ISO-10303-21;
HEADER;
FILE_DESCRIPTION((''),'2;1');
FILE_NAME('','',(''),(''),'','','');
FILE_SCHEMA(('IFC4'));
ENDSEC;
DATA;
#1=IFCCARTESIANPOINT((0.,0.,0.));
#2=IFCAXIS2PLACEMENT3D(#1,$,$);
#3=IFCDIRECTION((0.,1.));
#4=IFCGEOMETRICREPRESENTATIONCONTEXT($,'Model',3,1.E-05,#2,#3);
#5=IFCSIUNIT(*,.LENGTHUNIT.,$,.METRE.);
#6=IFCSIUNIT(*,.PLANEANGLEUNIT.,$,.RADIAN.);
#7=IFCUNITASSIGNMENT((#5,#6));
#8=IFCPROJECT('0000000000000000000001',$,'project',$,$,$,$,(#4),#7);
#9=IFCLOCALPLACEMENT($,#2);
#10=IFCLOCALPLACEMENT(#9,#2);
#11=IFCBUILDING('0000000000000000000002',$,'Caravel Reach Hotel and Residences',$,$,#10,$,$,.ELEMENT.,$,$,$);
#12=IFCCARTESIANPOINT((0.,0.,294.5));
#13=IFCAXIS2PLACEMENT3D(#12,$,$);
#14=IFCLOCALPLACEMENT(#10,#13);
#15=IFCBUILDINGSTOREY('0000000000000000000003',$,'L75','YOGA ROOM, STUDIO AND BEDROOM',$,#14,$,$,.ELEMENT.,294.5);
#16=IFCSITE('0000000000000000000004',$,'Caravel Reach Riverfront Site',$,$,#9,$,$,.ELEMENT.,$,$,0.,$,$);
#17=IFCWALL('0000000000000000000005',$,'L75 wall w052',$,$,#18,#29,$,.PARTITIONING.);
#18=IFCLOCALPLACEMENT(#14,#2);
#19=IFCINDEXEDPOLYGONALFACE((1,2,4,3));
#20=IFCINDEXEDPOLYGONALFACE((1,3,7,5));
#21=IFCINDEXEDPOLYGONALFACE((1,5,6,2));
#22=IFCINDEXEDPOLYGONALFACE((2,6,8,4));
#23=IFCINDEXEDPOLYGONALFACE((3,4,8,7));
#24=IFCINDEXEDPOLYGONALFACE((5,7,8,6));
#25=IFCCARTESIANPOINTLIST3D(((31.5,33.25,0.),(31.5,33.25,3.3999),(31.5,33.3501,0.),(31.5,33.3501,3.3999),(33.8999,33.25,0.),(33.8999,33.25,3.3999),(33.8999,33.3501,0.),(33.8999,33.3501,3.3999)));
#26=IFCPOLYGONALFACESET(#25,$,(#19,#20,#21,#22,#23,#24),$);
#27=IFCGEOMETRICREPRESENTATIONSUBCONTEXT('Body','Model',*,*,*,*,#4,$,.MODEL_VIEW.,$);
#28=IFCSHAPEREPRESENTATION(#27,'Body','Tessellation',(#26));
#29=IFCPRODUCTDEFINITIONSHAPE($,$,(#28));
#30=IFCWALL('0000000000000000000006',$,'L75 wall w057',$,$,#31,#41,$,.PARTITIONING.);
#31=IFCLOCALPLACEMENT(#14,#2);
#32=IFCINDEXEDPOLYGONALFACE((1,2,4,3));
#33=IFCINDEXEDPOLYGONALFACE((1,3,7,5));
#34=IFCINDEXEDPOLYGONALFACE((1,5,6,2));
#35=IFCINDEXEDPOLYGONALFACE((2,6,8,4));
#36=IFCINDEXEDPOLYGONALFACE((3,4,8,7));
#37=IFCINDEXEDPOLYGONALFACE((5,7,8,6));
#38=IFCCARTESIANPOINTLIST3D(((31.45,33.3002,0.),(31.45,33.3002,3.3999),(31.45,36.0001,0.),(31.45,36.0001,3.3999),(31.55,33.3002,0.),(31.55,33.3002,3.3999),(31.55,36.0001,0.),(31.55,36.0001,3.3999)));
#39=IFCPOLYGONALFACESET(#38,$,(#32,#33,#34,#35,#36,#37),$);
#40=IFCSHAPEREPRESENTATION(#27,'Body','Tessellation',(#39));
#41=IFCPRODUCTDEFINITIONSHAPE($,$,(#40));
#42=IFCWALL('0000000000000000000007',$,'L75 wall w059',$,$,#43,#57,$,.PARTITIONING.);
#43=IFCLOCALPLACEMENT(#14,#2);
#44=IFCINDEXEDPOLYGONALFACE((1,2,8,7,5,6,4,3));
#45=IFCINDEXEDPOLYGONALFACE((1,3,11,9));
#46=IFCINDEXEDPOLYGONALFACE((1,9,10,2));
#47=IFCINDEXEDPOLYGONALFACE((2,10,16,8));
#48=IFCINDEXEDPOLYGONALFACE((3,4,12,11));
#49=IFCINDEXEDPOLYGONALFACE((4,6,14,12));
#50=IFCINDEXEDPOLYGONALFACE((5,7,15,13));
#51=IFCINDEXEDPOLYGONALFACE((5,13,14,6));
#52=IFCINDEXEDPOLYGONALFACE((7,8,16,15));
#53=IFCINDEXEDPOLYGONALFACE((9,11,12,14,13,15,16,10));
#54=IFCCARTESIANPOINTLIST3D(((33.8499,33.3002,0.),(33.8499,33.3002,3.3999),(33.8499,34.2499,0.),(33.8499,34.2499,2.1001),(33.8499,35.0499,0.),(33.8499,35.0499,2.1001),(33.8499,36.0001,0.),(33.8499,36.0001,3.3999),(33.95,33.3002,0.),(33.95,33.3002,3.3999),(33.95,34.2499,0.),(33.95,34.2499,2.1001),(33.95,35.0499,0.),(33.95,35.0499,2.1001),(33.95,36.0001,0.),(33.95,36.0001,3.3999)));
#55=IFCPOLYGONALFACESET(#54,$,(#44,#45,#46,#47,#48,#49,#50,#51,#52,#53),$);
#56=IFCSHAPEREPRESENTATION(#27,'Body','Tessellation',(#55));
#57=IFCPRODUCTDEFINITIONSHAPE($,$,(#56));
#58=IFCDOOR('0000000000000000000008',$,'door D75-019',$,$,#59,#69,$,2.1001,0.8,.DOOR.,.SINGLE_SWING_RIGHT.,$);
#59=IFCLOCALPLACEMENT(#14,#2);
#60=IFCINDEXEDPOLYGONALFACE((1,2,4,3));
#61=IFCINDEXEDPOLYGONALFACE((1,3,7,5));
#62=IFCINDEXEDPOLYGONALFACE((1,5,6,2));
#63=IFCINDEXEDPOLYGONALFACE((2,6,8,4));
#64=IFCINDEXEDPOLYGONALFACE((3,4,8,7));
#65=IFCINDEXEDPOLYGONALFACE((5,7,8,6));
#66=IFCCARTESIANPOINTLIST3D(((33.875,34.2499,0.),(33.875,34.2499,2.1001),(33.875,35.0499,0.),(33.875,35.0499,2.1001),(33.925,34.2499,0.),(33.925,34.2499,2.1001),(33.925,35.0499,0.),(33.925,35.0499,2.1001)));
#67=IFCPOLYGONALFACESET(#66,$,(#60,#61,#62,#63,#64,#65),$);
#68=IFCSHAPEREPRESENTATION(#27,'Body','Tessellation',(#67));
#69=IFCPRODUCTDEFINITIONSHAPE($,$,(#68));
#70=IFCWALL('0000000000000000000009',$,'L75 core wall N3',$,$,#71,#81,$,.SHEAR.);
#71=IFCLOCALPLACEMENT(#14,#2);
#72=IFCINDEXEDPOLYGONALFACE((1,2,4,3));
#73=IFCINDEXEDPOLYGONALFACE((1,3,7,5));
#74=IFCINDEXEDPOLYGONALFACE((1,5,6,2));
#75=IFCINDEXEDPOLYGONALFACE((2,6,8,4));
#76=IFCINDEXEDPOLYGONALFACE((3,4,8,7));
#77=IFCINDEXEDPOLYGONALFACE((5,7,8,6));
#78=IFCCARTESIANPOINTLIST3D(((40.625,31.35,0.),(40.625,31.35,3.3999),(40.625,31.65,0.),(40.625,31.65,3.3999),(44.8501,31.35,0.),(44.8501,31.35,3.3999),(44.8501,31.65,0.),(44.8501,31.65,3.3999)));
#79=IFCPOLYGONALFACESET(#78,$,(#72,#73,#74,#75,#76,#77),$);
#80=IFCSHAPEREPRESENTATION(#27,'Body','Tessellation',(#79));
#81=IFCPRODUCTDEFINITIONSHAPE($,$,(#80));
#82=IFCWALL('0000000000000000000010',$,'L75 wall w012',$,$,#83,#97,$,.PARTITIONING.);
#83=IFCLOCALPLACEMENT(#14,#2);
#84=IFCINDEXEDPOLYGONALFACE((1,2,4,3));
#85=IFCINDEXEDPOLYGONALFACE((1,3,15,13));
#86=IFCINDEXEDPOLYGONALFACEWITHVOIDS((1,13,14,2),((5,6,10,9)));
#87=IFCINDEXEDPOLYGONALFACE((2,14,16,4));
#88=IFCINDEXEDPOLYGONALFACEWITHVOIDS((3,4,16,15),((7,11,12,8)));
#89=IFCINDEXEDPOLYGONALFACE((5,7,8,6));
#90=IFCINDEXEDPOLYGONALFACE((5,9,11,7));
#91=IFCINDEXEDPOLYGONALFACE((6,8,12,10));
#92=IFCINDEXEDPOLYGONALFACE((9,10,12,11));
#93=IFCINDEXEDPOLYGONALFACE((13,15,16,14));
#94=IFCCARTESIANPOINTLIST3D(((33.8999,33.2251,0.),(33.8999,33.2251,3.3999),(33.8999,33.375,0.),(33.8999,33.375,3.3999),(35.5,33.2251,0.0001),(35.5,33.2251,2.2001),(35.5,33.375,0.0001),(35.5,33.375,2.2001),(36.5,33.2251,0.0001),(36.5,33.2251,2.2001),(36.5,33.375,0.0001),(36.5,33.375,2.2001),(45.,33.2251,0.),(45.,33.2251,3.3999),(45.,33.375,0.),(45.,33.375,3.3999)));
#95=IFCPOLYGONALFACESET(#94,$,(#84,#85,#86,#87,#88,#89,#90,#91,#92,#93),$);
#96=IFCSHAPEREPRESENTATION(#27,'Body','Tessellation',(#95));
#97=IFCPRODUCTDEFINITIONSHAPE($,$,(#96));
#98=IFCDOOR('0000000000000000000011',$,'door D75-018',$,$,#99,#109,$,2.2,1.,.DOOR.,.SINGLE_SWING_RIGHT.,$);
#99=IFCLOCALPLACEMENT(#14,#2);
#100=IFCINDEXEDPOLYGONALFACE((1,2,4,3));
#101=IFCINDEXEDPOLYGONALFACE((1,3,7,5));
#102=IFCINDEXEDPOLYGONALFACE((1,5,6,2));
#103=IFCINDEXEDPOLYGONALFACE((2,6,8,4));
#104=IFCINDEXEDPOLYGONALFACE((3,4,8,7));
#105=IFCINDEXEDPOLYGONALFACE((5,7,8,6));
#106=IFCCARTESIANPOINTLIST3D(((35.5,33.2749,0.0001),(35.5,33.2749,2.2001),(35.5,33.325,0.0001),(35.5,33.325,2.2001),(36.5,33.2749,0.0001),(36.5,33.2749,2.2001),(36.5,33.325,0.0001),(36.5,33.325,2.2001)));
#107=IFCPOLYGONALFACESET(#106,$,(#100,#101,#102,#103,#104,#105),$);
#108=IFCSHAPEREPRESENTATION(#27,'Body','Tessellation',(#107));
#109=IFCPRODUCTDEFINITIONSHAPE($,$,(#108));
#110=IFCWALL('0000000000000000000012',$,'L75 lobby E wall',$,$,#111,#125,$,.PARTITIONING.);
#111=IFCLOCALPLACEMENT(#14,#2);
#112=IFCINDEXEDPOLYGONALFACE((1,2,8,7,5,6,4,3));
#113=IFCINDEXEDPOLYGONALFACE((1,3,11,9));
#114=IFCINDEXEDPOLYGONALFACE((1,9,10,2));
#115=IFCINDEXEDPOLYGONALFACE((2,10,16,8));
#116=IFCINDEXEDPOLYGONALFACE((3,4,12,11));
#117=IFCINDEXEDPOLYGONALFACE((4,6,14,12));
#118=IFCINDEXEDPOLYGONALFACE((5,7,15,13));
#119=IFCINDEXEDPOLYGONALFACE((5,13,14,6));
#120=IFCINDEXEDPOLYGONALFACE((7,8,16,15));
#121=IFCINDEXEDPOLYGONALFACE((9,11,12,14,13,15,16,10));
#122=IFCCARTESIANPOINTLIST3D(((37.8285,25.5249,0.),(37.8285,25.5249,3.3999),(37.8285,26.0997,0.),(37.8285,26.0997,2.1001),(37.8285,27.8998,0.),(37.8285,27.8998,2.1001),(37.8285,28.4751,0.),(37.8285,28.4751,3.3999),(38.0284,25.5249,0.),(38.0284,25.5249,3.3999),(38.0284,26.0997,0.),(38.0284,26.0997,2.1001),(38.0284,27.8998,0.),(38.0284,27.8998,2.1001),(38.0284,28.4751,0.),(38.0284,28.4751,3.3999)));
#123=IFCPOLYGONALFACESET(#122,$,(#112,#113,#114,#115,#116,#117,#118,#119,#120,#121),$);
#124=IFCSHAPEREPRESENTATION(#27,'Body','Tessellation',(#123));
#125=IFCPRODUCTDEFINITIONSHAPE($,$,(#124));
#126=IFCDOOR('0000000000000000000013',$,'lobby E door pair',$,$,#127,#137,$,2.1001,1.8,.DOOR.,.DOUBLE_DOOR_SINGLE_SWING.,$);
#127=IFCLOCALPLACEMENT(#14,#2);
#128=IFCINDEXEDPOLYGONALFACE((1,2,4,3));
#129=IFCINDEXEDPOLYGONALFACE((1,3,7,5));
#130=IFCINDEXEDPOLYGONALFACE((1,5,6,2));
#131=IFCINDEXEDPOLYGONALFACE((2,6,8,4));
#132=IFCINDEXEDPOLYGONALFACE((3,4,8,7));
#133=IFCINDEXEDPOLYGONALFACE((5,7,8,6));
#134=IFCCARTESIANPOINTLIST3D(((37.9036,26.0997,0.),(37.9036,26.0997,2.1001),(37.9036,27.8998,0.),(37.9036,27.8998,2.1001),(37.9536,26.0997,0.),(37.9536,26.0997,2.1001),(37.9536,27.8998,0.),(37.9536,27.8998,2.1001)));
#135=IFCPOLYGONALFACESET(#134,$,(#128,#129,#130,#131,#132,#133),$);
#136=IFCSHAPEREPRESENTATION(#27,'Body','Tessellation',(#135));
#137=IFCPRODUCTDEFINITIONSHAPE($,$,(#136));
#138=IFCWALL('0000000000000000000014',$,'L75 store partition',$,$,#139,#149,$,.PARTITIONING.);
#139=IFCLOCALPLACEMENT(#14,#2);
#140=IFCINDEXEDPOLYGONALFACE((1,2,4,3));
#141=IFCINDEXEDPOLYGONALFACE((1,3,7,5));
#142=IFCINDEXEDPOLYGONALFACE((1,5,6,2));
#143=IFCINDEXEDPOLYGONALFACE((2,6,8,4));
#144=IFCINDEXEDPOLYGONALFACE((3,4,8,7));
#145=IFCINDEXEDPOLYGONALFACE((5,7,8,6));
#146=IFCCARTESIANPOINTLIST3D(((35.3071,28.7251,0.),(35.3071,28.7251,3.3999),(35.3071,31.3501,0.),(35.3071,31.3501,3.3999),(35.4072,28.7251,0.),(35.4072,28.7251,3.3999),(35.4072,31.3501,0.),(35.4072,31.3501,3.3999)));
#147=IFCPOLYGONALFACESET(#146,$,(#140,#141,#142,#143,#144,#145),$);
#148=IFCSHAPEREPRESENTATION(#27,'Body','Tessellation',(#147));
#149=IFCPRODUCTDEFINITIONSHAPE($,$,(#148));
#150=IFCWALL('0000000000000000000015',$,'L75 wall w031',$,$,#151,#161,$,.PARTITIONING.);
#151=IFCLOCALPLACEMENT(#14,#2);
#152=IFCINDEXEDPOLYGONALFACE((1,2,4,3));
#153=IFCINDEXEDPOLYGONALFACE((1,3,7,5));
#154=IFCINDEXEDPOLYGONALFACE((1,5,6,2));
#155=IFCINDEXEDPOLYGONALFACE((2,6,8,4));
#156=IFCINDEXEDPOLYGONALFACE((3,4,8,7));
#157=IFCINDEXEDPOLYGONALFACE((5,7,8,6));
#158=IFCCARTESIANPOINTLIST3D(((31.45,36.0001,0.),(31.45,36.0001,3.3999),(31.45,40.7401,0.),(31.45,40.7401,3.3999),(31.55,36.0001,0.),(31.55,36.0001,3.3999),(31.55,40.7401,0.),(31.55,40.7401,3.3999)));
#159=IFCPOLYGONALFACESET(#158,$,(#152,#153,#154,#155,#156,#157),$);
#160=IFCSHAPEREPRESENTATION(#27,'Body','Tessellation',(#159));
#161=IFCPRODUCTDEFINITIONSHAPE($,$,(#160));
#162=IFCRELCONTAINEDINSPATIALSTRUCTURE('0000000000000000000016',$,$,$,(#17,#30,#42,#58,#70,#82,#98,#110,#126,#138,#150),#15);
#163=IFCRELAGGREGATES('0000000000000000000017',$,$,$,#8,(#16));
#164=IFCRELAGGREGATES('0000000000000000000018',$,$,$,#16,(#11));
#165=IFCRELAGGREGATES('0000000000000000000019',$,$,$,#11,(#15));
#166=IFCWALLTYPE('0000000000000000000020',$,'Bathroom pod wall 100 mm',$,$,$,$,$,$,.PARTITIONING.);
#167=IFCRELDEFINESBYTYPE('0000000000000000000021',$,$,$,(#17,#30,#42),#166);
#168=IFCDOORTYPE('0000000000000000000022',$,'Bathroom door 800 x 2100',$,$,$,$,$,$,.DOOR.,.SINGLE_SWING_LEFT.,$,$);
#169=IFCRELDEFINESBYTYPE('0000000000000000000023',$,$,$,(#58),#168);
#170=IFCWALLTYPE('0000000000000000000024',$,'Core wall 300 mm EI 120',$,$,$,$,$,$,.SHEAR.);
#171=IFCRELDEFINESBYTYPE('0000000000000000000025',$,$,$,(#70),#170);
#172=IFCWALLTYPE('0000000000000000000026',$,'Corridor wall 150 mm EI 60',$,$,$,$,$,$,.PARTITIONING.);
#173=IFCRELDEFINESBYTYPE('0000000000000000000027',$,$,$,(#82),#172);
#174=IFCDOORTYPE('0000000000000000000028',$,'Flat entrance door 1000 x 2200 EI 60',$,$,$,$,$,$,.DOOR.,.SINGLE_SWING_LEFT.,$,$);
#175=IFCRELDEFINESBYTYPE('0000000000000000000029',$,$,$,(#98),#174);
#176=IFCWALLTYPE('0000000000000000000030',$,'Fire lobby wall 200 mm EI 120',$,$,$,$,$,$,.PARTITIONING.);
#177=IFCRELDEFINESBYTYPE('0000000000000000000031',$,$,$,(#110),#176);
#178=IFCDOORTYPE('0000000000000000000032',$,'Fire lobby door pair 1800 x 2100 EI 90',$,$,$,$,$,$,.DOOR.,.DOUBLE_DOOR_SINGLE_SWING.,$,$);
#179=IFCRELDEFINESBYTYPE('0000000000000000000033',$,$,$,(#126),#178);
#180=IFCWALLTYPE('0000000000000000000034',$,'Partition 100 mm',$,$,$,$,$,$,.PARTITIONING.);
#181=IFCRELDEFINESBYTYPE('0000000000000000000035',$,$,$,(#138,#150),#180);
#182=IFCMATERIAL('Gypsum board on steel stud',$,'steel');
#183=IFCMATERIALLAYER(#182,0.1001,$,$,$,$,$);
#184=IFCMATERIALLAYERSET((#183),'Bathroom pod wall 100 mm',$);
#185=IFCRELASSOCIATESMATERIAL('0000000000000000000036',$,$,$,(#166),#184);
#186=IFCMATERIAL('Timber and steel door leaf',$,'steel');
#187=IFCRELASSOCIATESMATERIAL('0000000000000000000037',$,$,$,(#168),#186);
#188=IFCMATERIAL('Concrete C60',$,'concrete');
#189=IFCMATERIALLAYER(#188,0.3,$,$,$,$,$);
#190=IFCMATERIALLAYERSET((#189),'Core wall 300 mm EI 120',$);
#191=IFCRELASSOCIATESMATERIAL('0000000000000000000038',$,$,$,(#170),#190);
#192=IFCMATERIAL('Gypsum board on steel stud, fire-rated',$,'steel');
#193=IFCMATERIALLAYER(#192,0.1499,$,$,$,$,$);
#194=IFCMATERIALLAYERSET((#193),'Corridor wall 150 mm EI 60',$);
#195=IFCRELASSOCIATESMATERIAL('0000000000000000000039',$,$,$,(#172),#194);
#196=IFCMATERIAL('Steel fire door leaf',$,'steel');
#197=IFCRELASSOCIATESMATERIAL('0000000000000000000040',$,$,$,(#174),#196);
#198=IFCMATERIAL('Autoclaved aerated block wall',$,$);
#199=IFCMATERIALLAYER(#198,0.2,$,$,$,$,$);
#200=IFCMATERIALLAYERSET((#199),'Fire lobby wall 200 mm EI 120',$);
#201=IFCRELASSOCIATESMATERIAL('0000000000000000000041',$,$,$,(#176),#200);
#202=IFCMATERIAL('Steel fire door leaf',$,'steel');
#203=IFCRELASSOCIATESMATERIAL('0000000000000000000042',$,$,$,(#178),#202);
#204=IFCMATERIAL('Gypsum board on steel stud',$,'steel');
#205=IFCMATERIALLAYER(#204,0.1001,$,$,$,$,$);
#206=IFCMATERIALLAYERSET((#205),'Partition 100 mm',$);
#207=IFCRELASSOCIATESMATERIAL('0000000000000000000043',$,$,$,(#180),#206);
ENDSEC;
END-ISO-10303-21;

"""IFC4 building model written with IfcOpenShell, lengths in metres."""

from ifc_helpers import new_model, si_unit, direction, frame, frame_2d, origin, place, context, subcontext, project, spatial, rectangle, extrude, material, layer, layer_set, type_object, element, fill, save


model = new_model("IFC4")

# Units and contexts
model_context = context("Model", 3, precision=1e-05, world=origin(), true_north=direction((0.0, 1.0)))
body_context = subcontext(model_context, "Body", "Model", "MODEL_VIEW")
ifc_project = project(units=[si_unit("LENGTHUNIT", "METRE"), si_unit("PLANEANGLEUNIT", "RADIAN")], contexts=[model_context])

# Site, building, storey
site_placement = place(None, origin())
site = spatial("IfcSite", under=ifc_project, at=site_placement, Name="Caravel Reach Riverfront Site", CompositionType="ELEMENT", RefElevation=0.0)
building_placement = place(site_placement, origin())
building = spatial("IfcBuilding", under=site, at=building_placement, Name="Caravel Reach Hotel and Residences", CompositionType="ELEMENT")
storey_placement = place(building_placement, frame((0.0, 0.0, 294.5)))
storey = spatial("IfcBuildingStorey", under=building, at=storey_placement, Name="L75", Description="YOGA ROOM, STUDIO AND BEDROOM", CompositionType="ELEMENT", Elevation=294.5)

# Walls
ifc_material_1 = material(Name="Gypsum board on steel stud", Category="steel")
ifc_layer_1 = layer(ifc_material_1, 0.1001)
ifc_layer_set_1 = layer_set([ifc_layer_1], Name="Bathroom pod wall 100 mm")
wall_type_1 = type_object("IfcWallType", Name="Bathroom pod wall 100 mm", PredefinedType="PARTITIONING", material=ifc_layer_set_1)
wall_1_placement = place(storey_placement, frame((31.5, 33.3, 0.0), z_axis=(0.0, 0.0, 1.0), x_axis=(1.0, 0.0, 0.0)))
element("IfcWall", 1, at=wall_1_placement, inside=storey, type_object=wall_type_1, Name="L75 wall w052", PredefinedType="PARTITIONING", context=body_context, shape_type="SweptSolid", body=[
    extrude(rectangle(XDim=2.3999, YDim=0.1001, at=frame_2d((1.2, 0.0))), origin(), (0.0, 0.0, 1.0), 3.3999),
])
wall_2_placement = place(storey_placement, frame((31.5, 33.3, 0.0), z_axis=(0.0, 0.0, 1.0), x_axis=(0.0, 1.0, 0.0)))
element("IfcWall", 2, at=wall_2_placement, inside=storey, type_object=wall_type_1, Name="L75 wall w057", PredefinedType="PARTITIONING", context=body_context, shape_type="SweptSolid", body=[
    extrude(rectangle(XDim=2.7, YDim=0.1001, at=frame_2d((1.3501, 0.0))), origin(), (0.0, 0.0, 1.0), 3.3999),
])

# Wall, opening, door
wall_3_placement = place(storey_placement, frame((33.8999, 33.3, 0.0), z_axis=(0.0, 0.0, 1.0), x_axis=(0.0, 1.0, 0.0)))
wall_3 = element("IfcWall", 3, at=wall_3_placement, inside=storey, type_object=wall_type_1, Name="L75 wall w059", PredefinedType="PARTITIONING", context=body_context, shape_type="SweptSolid", body=[
    extrude(rectangle(XDim=2.7, YDim=0.1001, at=frame_2d((1.3501, 0.0))), origin(), (0.0, 0.0, 1.0), 3.3999),
])
opening_1_placement = place(wall_3_placement, frame((0.95, 0.0, 0.0)))
opening_1 = element("IfcOpeningElement", 4, at=opening_1_placement, cuts=wall_3, PredefinedType="OPENING", context=body_context, shape_type="SweptSolid", body=[
    extrude(rectangle(XDim=0.8, YDim=2.1001, at=frame_2d((0.3999, 1.05))), frame((0.0, 0.0601, 0.0), z_axis=(0.0, -1.0, 0.0), x_axis=(1.0, 0.0, 0.0)), (0.0, 0.0, 1.0), 0.1201),
])
ifc_material_2 = material(Name="Timber and steel door leaf", Category="steel")
door_type_1 = type_object("IfcDoorType", Name="Bathroom door 800 x 2100", OperationType="SINGLE_SWING_LEFT", PredefinedType="DOOR", material=ifc_material_2)
door_1_placement = place(opening_1_placement, origin())
door_1 = element("IfcDoor", 5, at=door_1_placement, inside=storey, type_object=door_type_1, Name="door D75-019", OperationType="SINGLE_SWING_RIGHT", OverallHeight=2.1001, OverallWidth=0.8, PredefinedType="DOOR", context=body_context, shape_type="SweptSolid", body=[
    extrude(rectangle(XDim=0.8, YDim=2.1001, at=frame_2d((0.3999, 1.05))), frame((0.0, 0.0249, 0.0), z_axis=(0.0, -1.0, 0.0), x_axis=(1.0, 0.0, 0.0)), (0.0, 0.0, 1.0), 0.05),
])
fill(opening_1, door_1)

# Wall
ifc_material_3 = material(Name="Concrete C60", Category="concrete")
ifc_layer_2 = layer(ifc_material_3, 0.3)
ifc_layer_set_2 = layer_set([ifc_layer_2], Name="Core wall 300 mm EI 120")
wall_type_2 = type_object("IfcWallType", Name="Core wall 300 mm EI 120", PredefinedType="SHEAR", material=ifc_layer_set_2)
wall_4_placement = place(storey_placement, frame((40.625, 31.5, 0.0), z_axis=(0.0, 0.0, 1.0), x_axis=(1.0, 0.0, 0.0)))
element("IfcWall", 6, at=wall_4_placement, inside=storey, type_object=wall_type_2, Name="L75 core wall N3", PredefinedType="SHEAR", context=body_context, shape_type="SweptSolid", body=[
    extrude(rectangle(XDim=4.2251, YDim=0.3, at=frame_2d((2.1125, 0.0))), origin(), (0.0, 0.0, 1.0), 3.3999),
])

# Walls, openings, doors
ifc_material_4 = material(Name="Gypsum board on steel stud, fire-rated", Category="steel")
ifc_layer_3 = layer(ifc_material_4, 0.1499)
ifc_layer_set_3 = layer_set([ifc_layer_3], Name="Corridor wall 150 mm EI 60")
wall_type_3 = type_object("IfcWallType", Name="Corridor wall 150 mm EI 60", PredefinedType="PARTITIONING", material=ifc_layer_set_3)
wall_5_placement = place(storey_placement, frame((33.8999, 33.3, 0.0), z_axis=(0.0, 0.0, 1.0), x_axis=(1.0, 0.0, 0.0)))
wall_5 = element("IfcWall", 7, at=wall_5_placement, inside=storey, type_object=wall_type_3, Name="L75 wall w012", PredefinedType="PARTITIONING", context=body_context, shape_type="SweptSolid", body=[
    extrude(rectangle(XDim=11.1001, YDim=0.1499, at=frame_2d((5.55, 0.0))), origin(), (0.0, 0.0, 1.0), 3.3999),
])
opening_2_placement = place(wall_5_placement, frame((1.6001, 0.0, 0.0)))
opening_2 = element("IfcOpeningElement", 8, at=opening_2_placement, cuts=wall_5, PredefinedType="OPENING", context=body_context, shape_type="SweptSolid", body=[
    extrude(rectangle(XDim=1.0, YDim=2.2, at=frame_2d((0.5, 1.1001))), frame((0.0, 0.085, 0.0), z_axis=(0.0, -1.0, 0.0), x_axis=(1.0, 0.0, 0.0)), (0.0, 0.0, 1.0), 0.1699),
])
ifc_material_5 = material(Name="Steel fire door leaf", Category="steel")
door_type_2 = type_object("IfcDoorType", Name="Flat entrance door 1000 x 2200 EI 60", OperationType="SINGLE_SWING_LEFT", PredefinedType="DOOR", material=ifc_material_5)
door_2_placement = place(opening_2_placement, origin())
door_2 = element("IfcDoor", 9, at=door_2_placement, inside=storey, type_object=door_type_2, Name="door D75-018", OperationType="SINGLE_SWING_RIGHT", OverallHeight=2.2, OverallWidth=1.0, PredefinedType="DOOR", context=body_context, shape_type="SweptSolid", body=[
    extrude(rectangle(XDim=1.0, YDim=2.2, at=frame_2d((0.5, 1.1001))), frame((0.0, 0.0249, 0.0), z_axis=(0.0, -1.0, 0.0), x_axis=(1.0, 0.0, 0.0)), (0.0, 0.0, 1.0), 0.05),
])
fill(opening_2, door_2)
ifc_material_6 = material(Name="Autoclaved aerated block wall")
ifc_layer_4 = layer(ifc_material_6, 0.2)
ifc_layer_set_4 = layer_set([ifc_layer_4], Name="Fire lobby wall 200 mm EI 120")
wall_type_4 = type_object("IfcWallType", Name="Fire lobby wall 200 mm EI 120", PredefinedType="PARTITIONING", material=ifc_layer_set_4)
wall_6_placement = place(storey_placement, frame((37.9285, 25.5249, 0.0), z_axis=(0.0, 0.0, 1.0), x_axis=(0.0, 1.0, 0.0)))
wall_6 = element("IfcWall", 10, at=wall_6_placement, inside=storey, type_object=wall_type_4, Name="L75 lobby E wall", PredefinedType="PARTITIONING", context=body_context, shape_type="SweptSolid", body=[
    extrude(rectangle(XDim=2.9502, YDim=0.2, at=frame_2d((1.4751, 0.0))), origin(), (0.0, 0.0, 1.0), 3.3999),
])
opening_3_placement = place(wall_6_placement, frame((0.575, 0.0, 0.0)))
opening_3 = element("IfcOpeningElement", 11, at=opening_3_placement, cuts=wall_6, PredefinedType="OPENING", context=body_context, shape_type="SweptSolid", body=[
    extrude(rectangle(XDim=1.8, YDim=2.1001, at=frame_2d((0.8999, 1.05))), frame((0.0, 0.1099, 0.0), z_axis=(0.0, -1.0, 0.0), x_axis=(1.0, 0.0, 0.0)), (0.0, 0.0, 1.0), 0.22),
])
ifc_material_7 = material(Name="Steel fire door leaf", Category="steel")
door_type_3 = type_object("IfcDoorType", Name="Fire lobby door pair 1800 x 2100 EI 90", OperationType="DOUBLE_DOOR_SINGLE_SWING", PredefinedType="DOOR", material=ifc_material_7)
door_3_placement = place(opening_3_placement, origin())
door_3 = element("IfcDoor", 12, at=door_3_placement, inside=storey, type_object=door_type_3, Name="lobby E door pair", OperationType="DOUBLE_DOOR_SINGLE_SWING", OverallHeight=2.1001, OverallWidth=1.8, PredefinedType="DOOR", context=body_context, shape_type="SweptSolid", body=[
    extrude(rectangle(XDim=1.8, YDim=2.1001, at=frame_2d((0.8999, 1.05))), frame((0.0, 0.0249, 0.0), z_axis=(0.0, -1.0, 0.0), x_axis=(1.0, 0.0, 0.0)), (0.0, 0.0, 1.0), 0.05),
])
fill(opening_3, door_3)

# Walls
ifc_material_8 = material(Name="Gypsum board on steel stud", Category="steel")
ifc_layer_5 = layer(ifc_material_8, 0.1001)
ifc_layer_set_5 = layer_set([ifc_layer_5], Name="Partition 100 mm")
wall_type_5 = type_object("IfcWallType", Name="Partition 100 mm", PredefinedType="PARTITIONING", material=ifc_layer_set_5)
wall_7_placement = place(storey_placement, frame((35.3572, 28.7251, 0.0), z_axis=(0.0, 0.0, 1.0), x_axis=(0.0, 1.0, 0.0)))
element("IfcWall", 13, at=wall_7_placement, inside=storey, type_object=wall_type_5, Name="L75 store partition", PredefinedType="PARTITIONING", context=body_context, shape_type="SweptSolid", body=[
    extrude(rectangle(XDim=2.625, YDim=0.1001, at=frame_2d((1.3125, 0.0))), origin(), (0.0, 0.0, 1.0), 3.3999),
])
wall_8_placement = place(storey_placement, frame((31.5, 36.0, 0.0), z_axis=(0.0, 0.0, 1.0), x_axis=(0.0, 1.0, 0.0)))
element("IfcWall", 14, at=wall_8_placement, inside=storey, type_object=wall_type_5, Name="L75 wall w031", PredefinedType="PARTITIONING", context=body_context, shape_type="SweptSolid", body=[
    extrude(rectangle(XDim=4.74, YDim=0.1001, at=frame_2d((2.3701, 0.0))), origin(), (0.0, 0.0, 1.0), 3.3999),
])

save(model, "model.ifc")
